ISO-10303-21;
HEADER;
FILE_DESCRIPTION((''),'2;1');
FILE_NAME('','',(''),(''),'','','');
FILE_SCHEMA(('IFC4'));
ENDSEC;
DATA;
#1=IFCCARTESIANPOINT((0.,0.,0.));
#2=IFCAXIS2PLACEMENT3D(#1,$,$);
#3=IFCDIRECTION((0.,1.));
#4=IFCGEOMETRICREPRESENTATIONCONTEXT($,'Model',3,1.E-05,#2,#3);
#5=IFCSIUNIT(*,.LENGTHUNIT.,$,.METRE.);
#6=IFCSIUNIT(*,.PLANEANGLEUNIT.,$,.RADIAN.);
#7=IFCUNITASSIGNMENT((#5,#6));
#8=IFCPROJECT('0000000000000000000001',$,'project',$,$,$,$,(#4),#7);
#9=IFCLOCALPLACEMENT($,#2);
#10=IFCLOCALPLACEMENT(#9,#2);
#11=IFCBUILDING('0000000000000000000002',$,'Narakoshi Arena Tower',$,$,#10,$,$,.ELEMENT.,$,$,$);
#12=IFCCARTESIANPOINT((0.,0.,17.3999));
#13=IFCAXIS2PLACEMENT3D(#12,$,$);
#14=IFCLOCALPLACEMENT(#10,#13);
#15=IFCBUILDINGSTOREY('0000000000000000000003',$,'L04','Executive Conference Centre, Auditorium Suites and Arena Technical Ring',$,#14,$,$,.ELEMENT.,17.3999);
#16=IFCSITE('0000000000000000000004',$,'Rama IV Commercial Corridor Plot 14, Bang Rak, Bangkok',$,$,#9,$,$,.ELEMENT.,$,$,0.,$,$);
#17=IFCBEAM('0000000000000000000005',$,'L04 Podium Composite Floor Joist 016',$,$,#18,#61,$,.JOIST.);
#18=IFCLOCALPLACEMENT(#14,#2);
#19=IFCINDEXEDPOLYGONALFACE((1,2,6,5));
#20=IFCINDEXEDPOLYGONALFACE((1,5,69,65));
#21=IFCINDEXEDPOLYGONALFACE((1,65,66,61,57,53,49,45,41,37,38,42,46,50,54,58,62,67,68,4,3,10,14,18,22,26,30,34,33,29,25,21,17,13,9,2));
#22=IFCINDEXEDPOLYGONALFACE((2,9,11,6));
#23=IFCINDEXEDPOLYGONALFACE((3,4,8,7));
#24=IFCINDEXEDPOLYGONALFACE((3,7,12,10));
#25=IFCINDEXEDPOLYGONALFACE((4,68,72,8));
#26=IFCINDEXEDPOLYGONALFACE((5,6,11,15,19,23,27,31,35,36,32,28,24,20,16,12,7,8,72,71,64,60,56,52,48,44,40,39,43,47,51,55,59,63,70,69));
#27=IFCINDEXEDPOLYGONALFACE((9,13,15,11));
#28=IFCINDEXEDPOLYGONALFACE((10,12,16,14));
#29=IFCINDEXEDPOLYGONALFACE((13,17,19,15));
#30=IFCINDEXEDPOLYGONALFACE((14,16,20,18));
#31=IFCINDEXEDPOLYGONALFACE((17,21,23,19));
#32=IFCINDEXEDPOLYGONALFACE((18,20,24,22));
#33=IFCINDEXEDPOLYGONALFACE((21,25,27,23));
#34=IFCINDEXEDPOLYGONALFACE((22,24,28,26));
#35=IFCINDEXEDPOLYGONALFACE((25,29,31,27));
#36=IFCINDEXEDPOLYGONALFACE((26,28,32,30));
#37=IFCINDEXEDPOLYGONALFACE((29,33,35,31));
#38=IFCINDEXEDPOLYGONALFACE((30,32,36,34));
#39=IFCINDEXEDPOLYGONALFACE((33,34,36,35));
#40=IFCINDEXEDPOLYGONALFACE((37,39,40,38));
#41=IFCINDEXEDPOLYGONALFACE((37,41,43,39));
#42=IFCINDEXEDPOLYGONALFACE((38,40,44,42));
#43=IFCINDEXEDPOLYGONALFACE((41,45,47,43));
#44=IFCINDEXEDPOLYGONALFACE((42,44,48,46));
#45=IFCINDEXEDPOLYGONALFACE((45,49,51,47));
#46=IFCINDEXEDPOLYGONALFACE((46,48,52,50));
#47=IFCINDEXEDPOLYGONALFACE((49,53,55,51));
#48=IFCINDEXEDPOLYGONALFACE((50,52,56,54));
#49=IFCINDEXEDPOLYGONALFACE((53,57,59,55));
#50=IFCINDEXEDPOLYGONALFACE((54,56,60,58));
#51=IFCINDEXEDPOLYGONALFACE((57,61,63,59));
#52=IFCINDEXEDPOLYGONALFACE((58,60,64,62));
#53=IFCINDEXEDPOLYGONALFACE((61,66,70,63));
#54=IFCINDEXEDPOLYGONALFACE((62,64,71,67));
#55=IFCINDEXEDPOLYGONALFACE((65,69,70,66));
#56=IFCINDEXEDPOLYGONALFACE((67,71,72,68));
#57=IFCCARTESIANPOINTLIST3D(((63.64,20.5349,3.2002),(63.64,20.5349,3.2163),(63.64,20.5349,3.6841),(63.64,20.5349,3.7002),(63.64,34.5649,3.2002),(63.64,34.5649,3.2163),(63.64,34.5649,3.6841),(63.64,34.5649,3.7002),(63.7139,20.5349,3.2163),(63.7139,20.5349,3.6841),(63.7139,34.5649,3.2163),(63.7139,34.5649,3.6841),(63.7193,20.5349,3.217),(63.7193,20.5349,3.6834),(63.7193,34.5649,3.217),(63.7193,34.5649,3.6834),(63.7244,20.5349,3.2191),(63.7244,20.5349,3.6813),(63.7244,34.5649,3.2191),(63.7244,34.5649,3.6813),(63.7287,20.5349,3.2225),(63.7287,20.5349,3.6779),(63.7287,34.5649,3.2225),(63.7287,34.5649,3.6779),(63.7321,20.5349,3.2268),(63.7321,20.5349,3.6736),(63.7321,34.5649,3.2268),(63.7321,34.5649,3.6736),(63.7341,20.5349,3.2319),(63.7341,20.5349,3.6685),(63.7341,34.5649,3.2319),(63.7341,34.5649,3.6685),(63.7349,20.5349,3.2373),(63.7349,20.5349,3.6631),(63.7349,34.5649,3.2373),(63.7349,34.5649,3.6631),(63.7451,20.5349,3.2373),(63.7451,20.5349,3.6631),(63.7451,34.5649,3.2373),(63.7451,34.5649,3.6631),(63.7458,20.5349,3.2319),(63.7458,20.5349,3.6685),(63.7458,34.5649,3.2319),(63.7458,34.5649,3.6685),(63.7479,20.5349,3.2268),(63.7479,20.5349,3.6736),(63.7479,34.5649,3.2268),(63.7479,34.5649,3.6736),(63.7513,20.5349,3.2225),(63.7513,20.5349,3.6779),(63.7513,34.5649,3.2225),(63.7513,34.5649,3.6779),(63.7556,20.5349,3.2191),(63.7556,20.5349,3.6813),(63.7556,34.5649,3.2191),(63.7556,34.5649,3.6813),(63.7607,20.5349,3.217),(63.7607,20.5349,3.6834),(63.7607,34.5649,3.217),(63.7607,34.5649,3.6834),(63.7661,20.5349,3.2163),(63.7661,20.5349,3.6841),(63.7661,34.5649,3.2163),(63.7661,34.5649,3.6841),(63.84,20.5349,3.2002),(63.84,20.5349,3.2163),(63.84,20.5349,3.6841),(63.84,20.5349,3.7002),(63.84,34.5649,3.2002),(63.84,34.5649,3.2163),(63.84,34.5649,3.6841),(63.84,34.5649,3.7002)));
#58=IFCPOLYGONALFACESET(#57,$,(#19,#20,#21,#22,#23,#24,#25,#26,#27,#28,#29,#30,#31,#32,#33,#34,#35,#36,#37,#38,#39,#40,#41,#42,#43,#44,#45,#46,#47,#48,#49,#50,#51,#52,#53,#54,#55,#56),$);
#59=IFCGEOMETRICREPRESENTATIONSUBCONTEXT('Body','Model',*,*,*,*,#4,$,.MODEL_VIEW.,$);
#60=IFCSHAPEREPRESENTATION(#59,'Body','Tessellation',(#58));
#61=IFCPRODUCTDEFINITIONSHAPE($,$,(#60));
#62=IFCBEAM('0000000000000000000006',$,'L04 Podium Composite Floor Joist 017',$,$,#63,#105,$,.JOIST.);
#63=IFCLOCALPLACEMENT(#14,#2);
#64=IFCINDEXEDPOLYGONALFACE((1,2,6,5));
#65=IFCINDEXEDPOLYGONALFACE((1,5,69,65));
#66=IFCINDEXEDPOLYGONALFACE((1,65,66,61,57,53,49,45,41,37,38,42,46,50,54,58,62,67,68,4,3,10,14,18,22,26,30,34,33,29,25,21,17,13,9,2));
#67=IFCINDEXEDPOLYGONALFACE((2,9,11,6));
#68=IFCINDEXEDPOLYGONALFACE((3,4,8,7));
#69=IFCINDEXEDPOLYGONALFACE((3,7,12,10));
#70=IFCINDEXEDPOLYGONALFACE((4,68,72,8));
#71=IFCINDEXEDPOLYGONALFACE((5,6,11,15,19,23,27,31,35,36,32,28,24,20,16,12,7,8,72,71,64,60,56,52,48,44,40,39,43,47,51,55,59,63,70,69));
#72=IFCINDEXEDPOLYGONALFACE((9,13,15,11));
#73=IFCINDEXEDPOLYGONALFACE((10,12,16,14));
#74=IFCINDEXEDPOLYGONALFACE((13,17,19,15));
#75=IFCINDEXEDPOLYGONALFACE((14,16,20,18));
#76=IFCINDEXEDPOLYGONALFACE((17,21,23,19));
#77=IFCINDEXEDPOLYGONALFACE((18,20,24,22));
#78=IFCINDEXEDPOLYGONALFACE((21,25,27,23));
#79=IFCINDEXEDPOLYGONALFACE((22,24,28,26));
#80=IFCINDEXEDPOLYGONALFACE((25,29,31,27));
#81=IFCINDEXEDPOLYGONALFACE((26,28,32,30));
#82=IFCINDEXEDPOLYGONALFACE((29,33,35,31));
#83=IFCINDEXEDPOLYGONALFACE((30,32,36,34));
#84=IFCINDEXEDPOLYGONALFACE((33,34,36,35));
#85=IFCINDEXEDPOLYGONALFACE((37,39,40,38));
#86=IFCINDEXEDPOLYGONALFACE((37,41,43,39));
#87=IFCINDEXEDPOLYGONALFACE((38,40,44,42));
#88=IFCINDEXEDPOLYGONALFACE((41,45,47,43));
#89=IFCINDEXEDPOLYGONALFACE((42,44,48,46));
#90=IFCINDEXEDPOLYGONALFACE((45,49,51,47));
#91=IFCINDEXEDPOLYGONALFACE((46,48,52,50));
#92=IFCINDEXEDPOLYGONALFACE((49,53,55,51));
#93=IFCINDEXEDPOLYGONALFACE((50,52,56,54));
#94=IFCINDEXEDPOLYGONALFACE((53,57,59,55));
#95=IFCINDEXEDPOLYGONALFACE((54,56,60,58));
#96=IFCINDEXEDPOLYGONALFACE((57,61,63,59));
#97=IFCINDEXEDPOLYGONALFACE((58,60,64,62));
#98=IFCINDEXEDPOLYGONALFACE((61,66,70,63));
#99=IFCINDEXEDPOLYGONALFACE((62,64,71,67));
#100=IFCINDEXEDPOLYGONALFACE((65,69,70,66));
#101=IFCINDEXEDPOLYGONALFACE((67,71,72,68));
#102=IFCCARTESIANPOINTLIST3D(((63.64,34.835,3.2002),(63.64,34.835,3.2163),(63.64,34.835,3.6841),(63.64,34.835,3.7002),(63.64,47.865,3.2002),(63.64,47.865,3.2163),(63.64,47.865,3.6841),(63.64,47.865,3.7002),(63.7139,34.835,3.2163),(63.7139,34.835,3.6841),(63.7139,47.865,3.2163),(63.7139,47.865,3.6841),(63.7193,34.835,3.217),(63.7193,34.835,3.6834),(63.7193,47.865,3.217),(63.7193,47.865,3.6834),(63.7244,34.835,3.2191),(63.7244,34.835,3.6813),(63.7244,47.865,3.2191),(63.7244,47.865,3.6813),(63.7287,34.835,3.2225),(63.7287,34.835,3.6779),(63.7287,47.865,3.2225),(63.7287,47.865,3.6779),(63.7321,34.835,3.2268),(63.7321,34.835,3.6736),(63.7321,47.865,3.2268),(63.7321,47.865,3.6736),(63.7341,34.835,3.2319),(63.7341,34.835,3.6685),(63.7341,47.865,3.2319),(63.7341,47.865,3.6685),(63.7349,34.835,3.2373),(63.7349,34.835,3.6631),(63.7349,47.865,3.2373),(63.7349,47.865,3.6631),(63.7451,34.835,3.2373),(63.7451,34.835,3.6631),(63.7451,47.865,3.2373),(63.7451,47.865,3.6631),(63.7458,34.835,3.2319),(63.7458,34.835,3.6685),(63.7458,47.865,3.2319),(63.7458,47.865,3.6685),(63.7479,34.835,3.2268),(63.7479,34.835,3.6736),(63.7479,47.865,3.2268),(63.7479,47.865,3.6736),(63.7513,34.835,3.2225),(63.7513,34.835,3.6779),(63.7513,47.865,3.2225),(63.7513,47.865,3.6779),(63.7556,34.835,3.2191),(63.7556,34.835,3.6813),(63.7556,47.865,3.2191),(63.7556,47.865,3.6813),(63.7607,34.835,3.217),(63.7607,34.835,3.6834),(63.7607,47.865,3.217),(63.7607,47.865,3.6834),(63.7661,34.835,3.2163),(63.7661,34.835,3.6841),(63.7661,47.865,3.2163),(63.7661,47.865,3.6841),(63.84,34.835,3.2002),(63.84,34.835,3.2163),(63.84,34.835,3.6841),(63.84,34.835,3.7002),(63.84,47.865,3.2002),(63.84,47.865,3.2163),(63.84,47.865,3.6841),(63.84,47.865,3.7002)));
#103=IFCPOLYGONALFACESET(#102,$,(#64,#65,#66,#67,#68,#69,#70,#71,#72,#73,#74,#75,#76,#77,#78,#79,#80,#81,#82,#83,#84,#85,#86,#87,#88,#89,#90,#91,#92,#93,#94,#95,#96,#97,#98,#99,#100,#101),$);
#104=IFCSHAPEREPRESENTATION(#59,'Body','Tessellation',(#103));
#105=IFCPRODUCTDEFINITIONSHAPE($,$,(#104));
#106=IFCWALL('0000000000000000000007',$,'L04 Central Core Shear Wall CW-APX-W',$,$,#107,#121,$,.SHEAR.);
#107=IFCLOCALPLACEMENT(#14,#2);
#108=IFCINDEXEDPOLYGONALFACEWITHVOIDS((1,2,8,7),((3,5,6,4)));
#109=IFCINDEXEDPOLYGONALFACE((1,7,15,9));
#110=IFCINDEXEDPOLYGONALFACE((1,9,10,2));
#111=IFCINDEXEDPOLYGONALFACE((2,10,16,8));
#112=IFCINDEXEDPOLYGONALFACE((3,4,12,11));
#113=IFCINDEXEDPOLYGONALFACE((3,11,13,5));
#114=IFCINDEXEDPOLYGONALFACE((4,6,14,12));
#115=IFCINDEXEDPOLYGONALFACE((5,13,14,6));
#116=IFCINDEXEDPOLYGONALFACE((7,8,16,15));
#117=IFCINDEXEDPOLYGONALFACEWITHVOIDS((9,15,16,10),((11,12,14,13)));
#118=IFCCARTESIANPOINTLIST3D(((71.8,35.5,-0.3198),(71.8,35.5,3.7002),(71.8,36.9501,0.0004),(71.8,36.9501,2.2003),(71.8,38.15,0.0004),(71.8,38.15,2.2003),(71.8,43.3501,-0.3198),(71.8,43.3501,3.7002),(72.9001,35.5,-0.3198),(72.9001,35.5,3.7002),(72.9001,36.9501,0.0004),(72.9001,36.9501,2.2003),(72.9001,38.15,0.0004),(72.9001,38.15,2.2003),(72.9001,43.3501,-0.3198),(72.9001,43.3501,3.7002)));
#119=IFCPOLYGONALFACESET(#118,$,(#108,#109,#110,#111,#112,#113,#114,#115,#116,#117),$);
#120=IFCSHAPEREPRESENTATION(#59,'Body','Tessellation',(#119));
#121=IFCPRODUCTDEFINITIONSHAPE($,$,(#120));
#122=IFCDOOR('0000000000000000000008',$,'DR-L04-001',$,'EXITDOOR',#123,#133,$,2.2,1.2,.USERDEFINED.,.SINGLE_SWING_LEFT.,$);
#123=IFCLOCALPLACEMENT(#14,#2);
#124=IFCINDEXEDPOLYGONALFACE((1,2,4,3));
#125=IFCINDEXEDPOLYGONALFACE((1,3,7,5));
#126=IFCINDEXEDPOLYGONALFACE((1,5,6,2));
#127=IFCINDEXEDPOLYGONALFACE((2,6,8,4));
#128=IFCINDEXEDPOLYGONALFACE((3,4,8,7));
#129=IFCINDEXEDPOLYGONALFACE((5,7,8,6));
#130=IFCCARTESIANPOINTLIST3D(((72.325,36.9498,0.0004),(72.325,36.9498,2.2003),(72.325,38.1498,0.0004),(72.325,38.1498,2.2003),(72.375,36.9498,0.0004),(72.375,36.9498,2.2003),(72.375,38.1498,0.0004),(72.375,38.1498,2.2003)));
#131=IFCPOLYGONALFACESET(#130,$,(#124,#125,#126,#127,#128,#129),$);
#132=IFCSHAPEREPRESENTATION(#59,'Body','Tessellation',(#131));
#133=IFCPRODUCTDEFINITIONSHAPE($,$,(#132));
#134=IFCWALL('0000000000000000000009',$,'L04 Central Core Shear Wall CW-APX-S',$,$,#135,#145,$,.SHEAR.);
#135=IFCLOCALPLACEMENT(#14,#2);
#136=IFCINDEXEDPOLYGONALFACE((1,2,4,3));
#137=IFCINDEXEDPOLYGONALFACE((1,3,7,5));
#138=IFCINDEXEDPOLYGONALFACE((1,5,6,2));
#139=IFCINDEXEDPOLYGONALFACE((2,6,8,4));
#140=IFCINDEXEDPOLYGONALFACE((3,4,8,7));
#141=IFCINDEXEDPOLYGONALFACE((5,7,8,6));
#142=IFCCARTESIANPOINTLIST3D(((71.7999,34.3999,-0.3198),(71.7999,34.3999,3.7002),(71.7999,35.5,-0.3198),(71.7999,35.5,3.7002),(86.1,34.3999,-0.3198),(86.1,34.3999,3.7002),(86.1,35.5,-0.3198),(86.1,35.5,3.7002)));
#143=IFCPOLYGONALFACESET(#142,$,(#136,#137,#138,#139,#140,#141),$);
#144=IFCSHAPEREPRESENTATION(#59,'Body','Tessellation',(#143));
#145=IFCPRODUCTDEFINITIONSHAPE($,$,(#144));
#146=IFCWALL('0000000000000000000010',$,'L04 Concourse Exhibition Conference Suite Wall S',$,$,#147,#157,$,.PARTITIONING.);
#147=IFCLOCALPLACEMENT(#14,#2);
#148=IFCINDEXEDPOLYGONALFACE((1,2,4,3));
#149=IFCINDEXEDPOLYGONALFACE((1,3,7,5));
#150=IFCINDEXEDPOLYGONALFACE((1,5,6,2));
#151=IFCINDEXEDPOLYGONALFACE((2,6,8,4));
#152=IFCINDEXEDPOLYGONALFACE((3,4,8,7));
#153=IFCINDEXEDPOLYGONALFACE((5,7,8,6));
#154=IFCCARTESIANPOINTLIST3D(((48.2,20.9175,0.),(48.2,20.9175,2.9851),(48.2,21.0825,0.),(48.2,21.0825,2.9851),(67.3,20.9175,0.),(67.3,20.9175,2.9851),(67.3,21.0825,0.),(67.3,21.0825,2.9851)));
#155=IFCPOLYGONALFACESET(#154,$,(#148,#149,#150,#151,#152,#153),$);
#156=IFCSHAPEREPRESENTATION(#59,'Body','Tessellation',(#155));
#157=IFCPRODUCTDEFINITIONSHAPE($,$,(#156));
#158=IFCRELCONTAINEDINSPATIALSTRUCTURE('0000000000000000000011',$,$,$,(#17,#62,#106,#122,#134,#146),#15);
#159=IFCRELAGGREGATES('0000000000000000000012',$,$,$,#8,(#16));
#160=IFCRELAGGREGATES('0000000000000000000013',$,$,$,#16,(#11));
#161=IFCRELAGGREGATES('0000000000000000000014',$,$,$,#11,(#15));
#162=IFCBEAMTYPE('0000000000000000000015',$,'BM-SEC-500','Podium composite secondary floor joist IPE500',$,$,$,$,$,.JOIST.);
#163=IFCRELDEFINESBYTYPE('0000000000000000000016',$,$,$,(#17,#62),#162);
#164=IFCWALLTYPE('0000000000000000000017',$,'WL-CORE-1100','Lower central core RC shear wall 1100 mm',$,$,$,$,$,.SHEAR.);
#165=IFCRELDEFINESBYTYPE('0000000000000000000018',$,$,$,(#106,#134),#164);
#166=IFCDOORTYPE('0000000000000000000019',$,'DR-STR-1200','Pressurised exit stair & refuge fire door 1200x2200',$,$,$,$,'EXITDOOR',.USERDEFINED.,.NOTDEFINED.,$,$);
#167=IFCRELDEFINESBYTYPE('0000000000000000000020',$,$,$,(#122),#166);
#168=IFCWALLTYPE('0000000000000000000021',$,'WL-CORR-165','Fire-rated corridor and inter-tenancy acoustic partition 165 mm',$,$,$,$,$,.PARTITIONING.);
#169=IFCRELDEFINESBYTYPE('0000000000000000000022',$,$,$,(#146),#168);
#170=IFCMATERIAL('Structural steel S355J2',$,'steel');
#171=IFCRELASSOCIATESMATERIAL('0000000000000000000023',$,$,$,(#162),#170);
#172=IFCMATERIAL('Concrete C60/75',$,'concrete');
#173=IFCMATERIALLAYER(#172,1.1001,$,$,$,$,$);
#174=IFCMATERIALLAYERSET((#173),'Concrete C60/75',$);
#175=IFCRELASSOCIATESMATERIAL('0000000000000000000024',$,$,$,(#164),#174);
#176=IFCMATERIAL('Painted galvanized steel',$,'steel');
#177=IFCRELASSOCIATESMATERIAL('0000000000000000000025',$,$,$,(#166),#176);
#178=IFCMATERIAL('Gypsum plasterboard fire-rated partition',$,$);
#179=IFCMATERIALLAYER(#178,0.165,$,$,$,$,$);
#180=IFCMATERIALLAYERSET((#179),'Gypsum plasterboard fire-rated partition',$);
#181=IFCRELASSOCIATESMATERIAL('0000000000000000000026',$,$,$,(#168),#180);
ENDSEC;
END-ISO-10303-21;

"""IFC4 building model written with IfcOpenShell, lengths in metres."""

from ifc_helpers import new_model, si_unit, direction, frame, frame_2d, origin, origin_2d, place, context, subcontext, project, spatial, rectangle, i_section, extrude, material, layer, layer_set, material_profile, profile_set, type_object, element, fill, save


model = new_model("IFC4")

# Units and contexts
model_context = context("Model", 3, precision=1e-05, world=origin(), true_north=direction((0.0, 1.0)))
body_context = subcontext(model_context, "Body", "Model", "MODEL_VIEW")
ifc_project = project(units=[si_unit("LENGTHUNIT", "METRE"), si_unit("PLANEANGLEUNIT", "RADIAN")], contexts=[model_context])

# Site, building, storey
site_placement = place(None, origin())
site = spatial("IfcSite", under=ifc_project, at=site_placement, Name="Rama IV Commercial Corridor Plot 14, Bang Rak, Bangkok", CompositionType="ELEMENT", RefElevation=0.0)
building_placement = place(site_placement, origin())
building = spatial("IfcBuilding", under=site, at=building_placement, Name="Narakoshi Arena Tower", CompositionType="ELEMENT")
storey_placement = place(building_placement, frame((0.0, 0.0, 17.3999)))
storey = spatial("IfcBuildingStorey", under=building, at=storey_placement, Name="L04", Description="Executive Conference Centre, Auditorium Suites and Arena Technical Ring", CompositionType="ELEMENT", Elevation=17.3999)

# Shared definitions
ifc_material_1 = material(Name="Concrete C60/75", Category="concrete")

# Beams
ifc_material_2 = material(Name="Structural steel S355J2", Category="steel")
ifc_material_profile_1 = material_profile(ifc_material_2, i_section(OverallWidth=0.2, OverallDepth=0.5, WebThickness=0.0103, FlangeThickness=0.0161, FilletRadius=0.021, at=origin_2d()), Name="IPE500")
ifc_profile_set_1 = profile_set([ifc_material_profile_1], Name="Structural steel S355J2")
beam_type_1 = type_object("IfcBeamType", Name="BM-SEC-500", Description="Podium composite secondary floor joist IPE500", PredefinedType="JOIST", material=ifc_profile_set_1)
beam_1_placement = place(storey_placement, frame((63.74, 20.5349, 3.4502), z_axis=(0.0, 1.0, 0.0), x_axis=(-1.0, 0.0, 0.0)))
element("IfcBeam", 1, at=beam_1_placement, inside=storey, type_object=beam_type_1, Name="L04 Podium Composite Floor Joist 016", PredefinedType="JOIST", context=body_context, shape_type="SweptSolid", body=[
    extrude(i_section(OverallWidth=0.2, OverallDepth=0.5, WebThickness=0.0103, FlangeThickness=0.0161, FilletRadius=0.021, at=origin_2d()), origin(), (0.0, 0.0, 1.0), 14.03),
])
beam_2_placement = place(storey_placement, frame((63.74, 34.835, 3.4502), z_axis=(0.0, 1.0, 0.0), x_axis=(-1.0, 0.0, 0.0)))
element("IfcBeam", 2, at=beam_2_placement, inside=storey, type_object=beam_type_1, Name="L04 Podium Composite Floor Joist 017", PredefinedType="JOIST", context=body_context, shape_type="SweptSolid", body=[
    extrude(i_section(OverallWidth=0.2, OverallDepth=0.5, WebThickness=0.0103, FlangeThickness=0.0161, FilletRadius=0.021, at=origin_2d()), origin(), (0.0, 0.0, 1.0), 13.03),
])

# Wall, opening, door
ifc_layer_1 = layer(ifc_material_1, 1.1001)
ifc_layer_set_1 = layer_set([ifc_layer_1], Name="Concrete C60/75")
wall_type_1 = type_object("IfcWallType", Name="WL-CORE-1100", Description="Lower central core RC shear wall 1100 mm", PredefinedType="SHEAR", material=ifc_layer_set_1)
wall_1_placement = place(storey_placement, frame((72.3501, 35.5, -0.3198), z_axis=(0.0, 0.0, 1.0), x_axis=(0.0, 1.0, 0.0)))
wall_1 = element("IfcWall", 3, at=wall_1_placement, inside=storey, type_object=wall_type_1, Name="L04 Central Core Shear Wall CW-APX-W", PredefinedType="SHEAR", context=body_context, shape_type="SweptSolid", body=[
    extrude(rectangle(XDim=7.8501, YDim=1.1001, at=frame_2d((3.925, 0.0))), origin(), (0.0, 0.0, 1.0), 4.02),
])
opening_1_placement = place(wall_1_placement, frame((1.45, 0.0, 0.3201)))
opening_1 = element("IfcOpeningElement", 4, at=opening_1_placement, cuts=wall_1, PredefinedType="OPENING", context=body_context, shape_type="SweptSolid", body=[
    extrude(rectangle(XDim=1.2, YDim=2.2, at=frame_2d((0.6001, 1.1001))), frame((0.0, 0.5601, 0.0), z_axis=(0.0, -1.0, 0.0), x_axis=(1.0, 0.0, 0.0)), (0.0, 0.0, 1.0), 1.1201),
])
ifc_material_3 = material(Name="Painted galvanized steel", Category="steel")
door_type_1 = type_object("IfcDoorType", Name="DR-STR-1200", Description="Pressurised exit stair & refuge fire door 1200x2200", ElementType="EXITDOOR", OperationType="NOTDEFINED", PredefinedType="USERDEFINED", material=ifc_material_3)
door_1_placement = place(opening_1_placement, frame((1.2, 0.0, 0.0), z_axis=(0.0, 0.0, 1.0), x_axis=(-1.0, 0.0, 0.0)))
door_1 = element("IfcDoor", 5, at=door_1_placement, inside=storey, type_object=door_type_1, Name="DR-L04-001", ObjectType="EXITDOOR", OperationType="SINGLE_SWING_LEFT", OverallHeight=2.2, OverallWidth=1.2, PredefinedType="USERDEFINED", context=body_context, shape_type="SweptSolid", body=[
    extrude(rectangle(XDim=1.2, YDim=2.2, at=frame_2d((0.6001, 1.1001))), frame((0.0, 0.0249, 0.0), z_axis=(0.0, -1.0, 0.0), x_axis=(1.0, 0.0, 0.0)), (0.0, 0.0, 1.0), 0.05),
])
fill(opening_1, door_1)

# Walls
wall_2_placement = place(storey_placement, frame((71.8, 34.95, -0.3198), z_axis=(0.0, 0.0, 1.0), x_axis=(1.0, 0.0, 0.0)))
element("IfcWall", 6, at=wall_2_placement, inside=storey, type_object=wall_type_1, Name="L04 Central Core Shear Wall CW-APX-S", PredefinedType="SHEAR", context=body_context, shape_type="SweptSolid", body=[
    extrude(rectangle(XDim=14.3, YDim=1.1001, at=frame_2d((7.1499, 0.0))), origin(), (0.0, 0.0, 1.0), 4.02),
])
ifc_material_4 = material(Name="Gypsum plasterboard fire-rated partition")
ifc_layer_2 = layer(ifc_material_4, 0.165)
ifc_layer_set_2 = layer_set([ifc_layer_2], Name="Gypsum plasterboard fire-rated partition")
wall_type_2 = type_object("IfcWallType", Name="WL-CORR-165", Description="Fire-rated corridor and inter-tenancy acoustic partition 165 mm", PredefinedType="PARTITIONING", material=ifc_layer_set_2)
wall_3_placement = place(storey_placement, frame((48.2, 21.0, 0.0), z_axis=(0.0, 0.0, 1.0), x_axis=(1.0, 0.0, 0.0)))
element("IfcWall", 7, at=wall_3_placement, inside=storey, type_object=wall_type_2, Name="L04 Concourse Exhibition Conference Suite Wall S", PredefinedType="PARTITIONING", context=body_context, shape_type="SweptSolid", body=[
    extrude(rectangle(XDim=19.1001, YDim=0.165, at=frame_2d((9.55, 0.0))), origin(), (0.0, 0.0, 1.0), 2.9851),
])

save(model, "model.ifc")
